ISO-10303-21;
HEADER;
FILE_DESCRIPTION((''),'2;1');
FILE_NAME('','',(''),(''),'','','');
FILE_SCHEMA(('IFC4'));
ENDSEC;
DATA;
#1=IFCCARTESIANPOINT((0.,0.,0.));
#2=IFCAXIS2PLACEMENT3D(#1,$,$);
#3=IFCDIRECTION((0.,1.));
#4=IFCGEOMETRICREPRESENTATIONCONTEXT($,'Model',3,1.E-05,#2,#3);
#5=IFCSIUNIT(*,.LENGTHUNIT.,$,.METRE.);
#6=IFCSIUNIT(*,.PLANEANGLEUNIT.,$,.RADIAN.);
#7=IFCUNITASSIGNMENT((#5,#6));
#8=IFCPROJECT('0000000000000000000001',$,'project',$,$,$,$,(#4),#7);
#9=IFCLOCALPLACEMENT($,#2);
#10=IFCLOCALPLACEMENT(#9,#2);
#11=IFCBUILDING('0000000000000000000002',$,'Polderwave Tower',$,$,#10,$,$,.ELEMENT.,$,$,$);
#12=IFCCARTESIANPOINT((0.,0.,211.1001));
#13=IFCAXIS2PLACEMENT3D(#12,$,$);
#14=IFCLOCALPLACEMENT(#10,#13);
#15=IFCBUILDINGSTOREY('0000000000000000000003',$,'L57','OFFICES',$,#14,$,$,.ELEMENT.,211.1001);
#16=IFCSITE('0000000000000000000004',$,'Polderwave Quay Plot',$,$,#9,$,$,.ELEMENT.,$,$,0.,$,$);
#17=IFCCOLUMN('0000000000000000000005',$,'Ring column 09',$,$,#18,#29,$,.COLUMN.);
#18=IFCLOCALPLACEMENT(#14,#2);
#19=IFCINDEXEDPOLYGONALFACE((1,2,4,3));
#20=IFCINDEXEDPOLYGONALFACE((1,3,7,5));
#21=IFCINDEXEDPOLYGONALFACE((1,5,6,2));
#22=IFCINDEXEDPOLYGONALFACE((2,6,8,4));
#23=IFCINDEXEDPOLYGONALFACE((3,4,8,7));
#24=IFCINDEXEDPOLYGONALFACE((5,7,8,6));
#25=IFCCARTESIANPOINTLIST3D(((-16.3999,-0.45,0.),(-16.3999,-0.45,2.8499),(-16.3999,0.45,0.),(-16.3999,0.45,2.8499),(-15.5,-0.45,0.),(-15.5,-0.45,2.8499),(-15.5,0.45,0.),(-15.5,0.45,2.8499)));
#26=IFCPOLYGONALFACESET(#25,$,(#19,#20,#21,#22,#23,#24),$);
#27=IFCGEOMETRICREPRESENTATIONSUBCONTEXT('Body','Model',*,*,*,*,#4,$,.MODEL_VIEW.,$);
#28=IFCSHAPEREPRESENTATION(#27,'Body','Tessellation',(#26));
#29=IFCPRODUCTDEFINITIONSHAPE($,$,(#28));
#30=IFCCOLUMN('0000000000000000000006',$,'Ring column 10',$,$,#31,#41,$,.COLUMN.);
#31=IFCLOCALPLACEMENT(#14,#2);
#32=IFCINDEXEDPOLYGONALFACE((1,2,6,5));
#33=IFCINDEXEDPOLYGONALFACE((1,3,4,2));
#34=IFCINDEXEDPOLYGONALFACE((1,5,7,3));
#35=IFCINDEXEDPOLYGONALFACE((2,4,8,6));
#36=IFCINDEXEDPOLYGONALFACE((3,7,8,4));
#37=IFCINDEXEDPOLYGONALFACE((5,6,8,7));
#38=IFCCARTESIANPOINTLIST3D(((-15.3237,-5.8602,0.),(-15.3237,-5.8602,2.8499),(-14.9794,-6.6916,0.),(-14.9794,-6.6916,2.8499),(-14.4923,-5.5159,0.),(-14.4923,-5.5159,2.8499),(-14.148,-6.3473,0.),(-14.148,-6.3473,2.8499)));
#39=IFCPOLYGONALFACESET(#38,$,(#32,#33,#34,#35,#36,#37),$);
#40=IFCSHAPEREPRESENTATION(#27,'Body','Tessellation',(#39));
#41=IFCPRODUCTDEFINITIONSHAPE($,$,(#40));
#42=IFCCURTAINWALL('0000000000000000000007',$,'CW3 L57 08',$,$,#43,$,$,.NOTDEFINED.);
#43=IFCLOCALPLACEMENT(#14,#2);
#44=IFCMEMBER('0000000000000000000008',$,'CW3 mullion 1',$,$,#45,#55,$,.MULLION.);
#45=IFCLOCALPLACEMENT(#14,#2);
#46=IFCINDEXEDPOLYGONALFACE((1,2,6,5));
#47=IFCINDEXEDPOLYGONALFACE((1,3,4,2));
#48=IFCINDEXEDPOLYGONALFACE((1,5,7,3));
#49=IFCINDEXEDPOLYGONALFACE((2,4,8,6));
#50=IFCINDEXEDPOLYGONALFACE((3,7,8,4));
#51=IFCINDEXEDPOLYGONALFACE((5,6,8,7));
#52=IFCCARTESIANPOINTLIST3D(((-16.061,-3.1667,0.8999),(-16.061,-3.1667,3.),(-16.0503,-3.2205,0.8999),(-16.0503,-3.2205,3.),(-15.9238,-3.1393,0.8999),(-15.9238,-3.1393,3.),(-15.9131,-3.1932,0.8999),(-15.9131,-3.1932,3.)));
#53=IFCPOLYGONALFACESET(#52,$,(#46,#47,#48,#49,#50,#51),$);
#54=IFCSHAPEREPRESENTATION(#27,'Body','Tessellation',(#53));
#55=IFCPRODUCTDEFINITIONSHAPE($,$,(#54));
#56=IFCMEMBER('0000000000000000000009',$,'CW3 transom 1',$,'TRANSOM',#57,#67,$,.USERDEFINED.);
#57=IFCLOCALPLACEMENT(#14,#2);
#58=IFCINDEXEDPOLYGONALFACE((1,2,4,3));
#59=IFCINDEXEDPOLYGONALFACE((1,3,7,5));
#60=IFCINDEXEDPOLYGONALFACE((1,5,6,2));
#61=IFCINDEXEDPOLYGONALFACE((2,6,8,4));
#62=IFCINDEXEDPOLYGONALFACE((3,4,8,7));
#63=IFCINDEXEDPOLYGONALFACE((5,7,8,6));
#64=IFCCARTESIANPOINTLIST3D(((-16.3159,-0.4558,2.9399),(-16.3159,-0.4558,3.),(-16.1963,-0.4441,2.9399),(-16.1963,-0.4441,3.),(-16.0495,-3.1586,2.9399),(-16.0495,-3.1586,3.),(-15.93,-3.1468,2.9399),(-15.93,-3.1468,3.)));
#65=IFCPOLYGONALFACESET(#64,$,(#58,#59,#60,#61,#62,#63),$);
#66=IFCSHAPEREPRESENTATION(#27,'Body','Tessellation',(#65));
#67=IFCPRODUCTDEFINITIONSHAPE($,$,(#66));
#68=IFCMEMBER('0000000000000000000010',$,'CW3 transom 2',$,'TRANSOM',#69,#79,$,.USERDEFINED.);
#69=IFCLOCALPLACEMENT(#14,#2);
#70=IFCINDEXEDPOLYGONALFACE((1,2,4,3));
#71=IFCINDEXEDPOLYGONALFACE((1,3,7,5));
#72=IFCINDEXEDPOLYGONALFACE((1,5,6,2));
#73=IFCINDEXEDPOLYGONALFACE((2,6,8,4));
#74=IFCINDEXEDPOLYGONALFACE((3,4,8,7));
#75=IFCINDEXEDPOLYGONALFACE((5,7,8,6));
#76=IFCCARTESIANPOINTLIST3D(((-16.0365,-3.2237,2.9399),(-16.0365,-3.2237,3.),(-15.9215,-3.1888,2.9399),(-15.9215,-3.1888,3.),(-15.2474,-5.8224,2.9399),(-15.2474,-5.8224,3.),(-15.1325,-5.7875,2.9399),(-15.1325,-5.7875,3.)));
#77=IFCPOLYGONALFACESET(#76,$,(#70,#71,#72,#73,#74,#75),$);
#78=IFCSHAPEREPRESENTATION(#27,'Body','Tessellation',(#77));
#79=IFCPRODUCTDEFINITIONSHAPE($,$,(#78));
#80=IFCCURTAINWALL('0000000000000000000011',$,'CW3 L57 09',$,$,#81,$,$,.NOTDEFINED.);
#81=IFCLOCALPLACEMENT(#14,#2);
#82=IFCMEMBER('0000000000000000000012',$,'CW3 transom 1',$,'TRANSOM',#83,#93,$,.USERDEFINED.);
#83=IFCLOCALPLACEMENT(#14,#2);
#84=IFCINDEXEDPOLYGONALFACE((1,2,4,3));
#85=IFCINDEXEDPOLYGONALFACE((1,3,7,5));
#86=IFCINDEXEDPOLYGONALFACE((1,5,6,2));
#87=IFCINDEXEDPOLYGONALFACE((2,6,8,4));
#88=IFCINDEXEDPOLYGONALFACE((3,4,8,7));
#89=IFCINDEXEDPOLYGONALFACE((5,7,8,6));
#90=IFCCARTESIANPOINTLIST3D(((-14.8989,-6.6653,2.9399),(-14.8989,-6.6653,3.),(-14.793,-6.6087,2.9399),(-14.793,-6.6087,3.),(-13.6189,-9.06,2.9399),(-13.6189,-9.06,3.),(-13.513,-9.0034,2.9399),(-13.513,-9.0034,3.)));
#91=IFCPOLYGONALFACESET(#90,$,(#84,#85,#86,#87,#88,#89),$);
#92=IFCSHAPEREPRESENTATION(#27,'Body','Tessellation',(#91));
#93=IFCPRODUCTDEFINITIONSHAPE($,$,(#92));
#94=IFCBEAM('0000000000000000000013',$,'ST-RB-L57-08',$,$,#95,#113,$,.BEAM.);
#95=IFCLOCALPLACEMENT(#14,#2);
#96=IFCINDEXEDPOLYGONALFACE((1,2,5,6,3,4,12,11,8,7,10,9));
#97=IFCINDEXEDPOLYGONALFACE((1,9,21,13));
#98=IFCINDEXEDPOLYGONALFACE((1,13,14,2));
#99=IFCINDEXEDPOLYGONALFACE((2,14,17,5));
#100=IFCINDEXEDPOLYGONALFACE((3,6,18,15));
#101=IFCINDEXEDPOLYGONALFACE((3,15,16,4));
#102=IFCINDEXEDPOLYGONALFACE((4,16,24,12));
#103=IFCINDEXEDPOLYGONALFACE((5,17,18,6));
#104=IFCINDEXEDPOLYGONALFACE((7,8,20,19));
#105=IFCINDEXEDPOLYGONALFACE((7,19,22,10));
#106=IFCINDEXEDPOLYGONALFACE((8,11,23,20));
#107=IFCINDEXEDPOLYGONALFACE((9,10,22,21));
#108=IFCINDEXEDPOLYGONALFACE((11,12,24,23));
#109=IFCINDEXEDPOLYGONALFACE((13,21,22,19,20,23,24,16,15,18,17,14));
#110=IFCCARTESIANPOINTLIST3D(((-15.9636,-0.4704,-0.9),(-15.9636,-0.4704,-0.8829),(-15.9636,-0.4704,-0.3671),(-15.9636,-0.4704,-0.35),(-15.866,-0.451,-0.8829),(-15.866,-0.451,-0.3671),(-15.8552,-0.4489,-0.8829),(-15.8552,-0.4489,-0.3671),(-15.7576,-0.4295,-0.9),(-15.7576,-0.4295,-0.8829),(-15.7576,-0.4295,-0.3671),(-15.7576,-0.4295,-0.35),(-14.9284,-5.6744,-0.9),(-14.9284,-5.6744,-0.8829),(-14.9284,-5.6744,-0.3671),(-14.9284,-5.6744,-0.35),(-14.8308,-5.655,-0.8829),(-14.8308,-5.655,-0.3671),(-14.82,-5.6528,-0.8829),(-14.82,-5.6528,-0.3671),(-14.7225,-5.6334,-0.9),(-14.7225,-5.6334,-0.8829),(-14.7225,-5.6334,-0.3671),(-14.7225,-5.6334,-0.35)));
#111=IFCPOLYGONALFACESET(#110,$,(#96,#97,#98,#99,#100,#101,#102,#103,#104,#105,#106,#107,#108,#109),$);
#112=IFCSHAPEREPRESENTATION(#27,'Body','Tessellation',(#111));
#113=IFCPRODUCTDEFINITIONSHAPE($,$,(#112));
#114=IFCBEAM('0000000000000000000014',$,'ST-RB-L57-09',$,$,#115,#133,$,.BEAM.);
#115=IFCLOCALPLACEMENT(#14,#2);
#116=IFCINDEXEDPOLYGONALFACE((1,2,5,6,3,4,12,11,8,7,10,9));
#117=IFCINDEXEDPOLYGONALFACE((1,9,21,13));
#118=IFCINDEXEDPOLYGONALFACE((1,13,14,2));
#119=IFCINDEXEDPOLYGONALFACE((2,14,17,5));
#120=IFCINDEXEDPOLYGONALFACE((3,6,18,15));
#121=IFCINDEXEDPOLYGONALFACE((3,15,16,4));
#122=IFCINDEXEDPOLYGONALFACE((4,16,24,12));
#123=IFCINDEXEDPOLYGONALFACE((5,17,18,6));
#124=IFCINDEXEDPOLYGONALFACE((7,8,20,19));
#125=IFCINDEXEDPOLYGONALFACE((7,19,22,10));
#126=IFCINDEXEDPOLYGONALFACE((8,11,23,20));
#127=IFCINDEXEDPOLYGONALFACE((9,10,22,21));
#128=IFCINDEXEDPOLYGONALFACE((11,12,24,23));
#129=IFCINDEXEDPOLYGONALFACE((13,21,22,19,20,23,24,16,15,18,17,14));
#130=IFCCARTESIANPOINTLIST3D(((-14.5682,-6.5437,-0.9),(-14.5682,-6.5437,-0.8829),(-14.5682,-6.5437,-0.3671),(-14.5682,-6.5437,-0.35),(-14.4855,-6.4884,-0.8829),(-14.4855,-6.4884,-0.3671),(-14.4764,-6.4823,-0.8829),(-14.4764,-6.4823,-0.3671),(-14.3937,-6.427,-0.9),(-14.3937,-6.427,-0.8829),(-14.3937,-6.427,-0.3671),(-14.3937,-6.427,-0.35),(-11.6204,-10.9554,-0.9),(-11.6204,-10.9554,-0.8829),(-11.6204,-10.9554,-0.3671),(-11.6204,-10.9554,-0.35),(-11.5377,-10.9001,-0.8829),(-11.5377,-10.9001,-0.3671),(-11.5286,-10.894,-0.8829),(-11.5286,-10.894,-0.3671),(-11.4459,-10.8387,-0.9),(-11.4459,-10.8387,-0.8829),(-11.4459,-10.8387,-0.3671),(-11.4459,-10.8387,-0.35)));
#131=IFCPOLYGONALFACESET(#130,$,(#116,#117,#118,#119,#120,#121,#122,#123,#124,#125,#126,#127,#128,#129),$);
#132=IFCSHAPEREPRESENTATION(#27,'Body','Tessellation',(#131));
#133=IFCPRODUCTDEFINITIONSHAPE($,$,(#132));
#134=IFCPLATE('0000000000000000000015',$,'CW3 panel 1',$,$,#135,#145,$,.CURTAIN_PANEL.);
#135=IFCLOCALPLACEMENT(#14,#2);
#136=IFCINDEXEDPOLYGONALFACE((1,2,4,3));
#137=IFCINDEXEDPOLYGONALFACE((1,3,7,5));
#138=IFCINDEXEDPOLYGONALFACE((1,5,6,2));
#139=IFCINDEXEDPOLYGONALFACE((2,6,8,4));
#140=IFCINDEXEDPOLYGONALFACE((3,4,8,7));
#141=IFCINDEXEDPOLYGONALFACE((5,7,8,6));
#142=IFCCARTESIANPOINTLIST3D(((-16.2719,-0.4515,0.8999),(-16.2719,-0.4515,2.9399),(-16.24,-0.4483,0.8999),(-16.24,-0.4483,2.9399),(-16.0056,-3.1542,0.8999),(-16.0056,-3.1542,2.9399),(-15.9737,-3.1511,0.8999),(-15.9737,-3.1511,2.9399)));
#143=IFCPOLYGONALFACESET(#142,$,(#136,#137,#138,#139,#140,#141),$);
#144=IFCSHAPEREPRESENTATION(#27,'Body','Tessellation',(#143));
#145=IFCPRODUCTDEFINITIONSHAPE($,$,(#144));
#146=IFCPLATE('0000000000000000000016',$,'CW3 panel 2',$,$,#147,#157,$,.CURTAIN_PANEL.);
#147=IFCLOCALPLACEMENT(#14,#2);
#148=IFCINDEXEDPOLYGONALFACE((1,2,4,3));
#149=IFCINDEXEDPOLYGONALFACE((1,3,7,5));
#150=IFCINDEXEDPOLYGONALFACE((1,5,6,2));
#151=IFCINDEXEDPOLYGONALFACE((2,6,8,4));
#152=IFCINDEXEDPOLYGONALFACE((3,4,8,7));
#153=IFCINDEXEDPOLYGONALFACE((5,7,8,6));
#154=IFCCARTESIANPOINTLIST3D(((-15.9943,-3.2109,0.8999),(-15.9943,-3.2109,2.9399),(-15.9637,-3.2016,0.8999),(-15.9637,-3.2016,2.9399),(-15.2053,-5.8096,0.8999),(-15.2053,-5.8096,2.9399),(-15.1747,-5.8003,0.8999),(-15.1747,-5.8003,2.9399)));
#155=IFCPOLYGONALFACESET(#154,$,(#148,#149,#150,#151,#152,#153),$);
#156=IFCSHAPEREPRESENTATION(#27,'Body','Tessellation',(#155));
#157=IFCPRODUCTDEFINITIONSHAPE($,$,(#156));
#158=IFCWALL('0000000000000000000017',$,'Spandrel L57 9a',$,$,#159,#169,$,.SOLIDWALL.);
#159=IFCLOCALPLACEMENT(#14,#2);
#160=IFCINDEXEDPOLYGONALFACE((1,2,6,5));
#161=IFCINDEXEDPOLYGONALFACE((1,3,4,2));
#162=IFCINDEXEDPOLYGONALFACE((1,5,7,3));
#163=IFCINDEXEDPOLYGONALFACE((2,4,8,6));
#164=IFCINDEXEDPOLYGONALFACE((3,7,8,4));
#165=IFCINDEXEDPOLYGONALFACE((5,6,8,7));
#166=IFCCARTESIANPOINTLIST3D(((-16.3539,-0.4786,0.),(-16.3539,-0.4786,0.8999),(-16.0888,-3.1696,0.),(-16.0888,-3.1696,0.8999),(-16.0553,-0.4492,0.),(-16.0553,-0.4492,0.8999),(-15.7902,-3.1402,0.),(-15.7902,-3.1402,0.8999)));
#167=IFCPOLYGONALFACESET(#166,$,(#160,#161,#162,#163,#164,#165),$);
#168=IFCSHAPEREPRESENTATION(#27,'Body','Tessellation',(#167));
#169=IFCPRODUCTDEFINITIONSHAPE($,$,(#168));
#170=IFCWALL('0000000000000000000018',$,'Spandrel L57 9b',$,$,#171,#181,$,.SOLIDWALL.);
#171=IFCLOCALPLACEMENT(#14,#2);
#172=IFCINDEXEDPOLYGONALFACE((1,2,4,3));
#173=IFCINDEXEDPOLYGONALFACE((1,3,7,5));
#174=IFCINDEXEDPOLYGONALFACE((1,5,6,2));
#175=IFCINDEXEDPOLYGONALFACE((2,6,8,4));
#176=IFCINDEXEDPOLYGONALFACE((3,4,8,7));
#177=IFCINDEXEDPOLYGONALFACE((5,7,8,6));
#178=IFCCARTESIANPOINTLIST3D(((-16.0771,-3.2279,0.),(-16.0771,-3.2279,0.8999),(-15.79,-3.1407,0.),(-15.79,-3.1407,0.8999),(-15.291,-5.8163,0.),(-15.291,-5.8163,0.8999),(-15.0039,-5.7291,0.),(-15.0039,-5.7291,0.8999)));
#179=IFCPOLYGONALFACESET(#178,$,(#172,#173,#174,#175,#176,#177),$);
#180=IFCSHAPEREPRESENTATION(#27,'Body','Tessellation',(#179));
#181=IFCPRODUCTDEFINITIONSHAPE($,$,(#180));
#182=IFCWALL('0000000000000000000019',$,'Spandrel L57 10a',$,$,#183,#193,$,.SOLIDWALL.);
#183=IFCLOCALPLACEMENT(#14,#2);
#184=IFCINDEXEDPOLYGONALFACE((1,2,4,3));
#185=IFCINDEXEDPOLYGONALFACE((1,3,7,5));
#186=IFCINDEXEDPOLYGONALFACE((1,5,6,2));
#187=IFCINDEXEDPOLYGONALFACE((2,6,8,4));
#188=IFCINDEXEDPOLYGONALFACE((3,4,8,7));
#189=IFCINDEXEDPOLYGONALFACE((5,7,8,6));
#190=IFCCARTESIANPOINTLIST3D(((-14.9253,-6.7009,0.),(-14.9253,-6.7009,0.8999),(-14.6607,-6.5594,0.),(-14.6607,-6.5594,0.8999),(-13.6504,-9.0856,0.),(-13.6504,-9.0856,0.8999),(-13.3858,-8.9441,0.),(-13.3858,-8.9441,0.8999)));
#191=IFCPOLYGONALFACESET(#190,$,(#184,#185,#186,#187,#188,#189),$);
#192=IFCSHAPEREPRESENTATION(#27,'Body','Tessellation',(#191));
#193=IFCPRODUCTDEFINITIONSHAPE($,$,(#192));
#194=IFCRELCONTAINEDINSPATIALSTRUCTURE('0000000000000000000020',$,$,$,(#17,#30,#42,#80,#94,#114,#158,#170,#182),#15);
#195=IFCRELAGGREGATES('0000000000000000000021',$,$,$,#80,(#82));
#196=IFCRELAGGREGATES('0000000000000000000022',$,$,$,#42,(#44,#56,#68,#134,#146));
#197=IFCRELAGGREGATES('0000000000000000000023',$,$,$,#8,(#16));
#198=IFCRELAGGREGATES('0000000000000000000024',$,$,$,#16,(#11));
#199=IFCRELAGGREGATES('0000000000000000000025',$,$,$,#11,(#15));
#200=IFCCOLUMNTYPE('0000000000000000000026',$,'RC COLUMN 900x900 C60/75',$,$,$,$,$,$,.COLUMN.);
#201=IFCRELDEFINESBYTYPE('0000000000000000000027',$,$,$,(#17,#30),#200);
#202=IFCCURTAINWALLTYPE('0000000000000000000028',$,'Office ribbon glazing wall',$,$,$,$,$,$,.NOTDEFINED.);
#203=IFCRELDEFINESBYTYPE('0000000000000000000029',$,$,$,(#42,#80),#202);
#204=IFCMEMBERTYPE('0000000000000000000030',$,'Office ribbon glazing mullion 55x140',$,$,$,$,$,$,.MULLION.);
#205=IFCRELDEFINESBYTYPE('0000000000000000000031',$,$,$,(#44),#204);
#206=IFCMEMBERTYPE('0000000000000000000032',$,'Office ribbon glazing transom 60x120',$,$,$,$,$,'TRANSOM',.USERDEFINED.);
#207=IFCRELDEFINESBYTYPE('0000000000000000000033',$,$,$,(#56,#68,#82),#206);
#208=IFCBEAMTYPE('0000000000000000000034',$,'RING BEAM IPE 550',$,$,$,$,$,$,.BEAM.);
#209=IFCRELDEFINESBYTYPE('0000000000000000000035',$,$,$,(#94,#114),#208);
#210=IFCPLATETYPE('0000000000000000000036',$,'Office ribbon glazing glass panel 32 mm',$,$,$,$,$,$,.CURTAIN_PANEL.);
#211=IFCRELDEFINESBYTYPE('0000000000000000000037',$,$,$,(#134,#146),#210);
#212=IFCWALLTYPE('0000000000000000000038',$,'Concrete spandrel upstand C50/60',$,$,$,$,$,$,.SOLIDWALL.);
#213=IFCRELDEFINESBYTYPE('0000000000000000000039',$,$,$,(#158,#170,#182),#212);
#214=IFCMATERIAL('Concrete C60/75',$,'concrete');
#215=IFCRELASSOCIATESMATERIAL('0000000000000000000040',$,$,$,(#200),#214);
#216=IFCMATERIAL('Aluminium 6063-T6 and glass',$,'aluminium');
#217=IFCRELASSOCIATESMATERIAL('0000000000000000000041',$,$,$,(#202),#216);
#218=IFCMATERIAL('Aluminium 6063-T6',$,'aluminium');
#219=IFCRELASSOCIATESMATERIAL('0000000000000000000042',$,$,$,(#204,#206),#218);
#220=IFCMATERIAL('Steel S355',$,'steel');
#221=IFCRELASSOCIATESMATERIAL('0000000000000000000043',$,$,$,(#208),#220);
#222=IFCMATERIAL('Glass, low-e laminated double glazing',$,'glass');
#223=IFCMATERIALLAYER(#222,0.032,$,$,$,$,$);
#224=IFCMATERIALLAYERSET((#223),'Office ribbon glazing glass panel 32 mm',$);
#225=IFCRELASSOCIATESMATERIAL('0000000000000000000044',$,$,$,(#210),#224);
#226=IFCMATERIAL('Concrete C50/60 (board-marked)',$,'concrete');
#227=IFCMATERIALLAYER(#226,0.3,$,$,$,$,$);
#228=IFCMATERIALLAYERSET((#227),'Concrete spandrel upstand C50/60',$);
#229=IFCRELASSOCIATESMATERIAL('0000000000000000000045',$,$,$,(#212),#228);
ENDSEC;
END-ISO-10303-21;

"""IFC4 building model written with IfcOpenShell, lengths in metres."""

from ifc_helpers import new_model, si_unit, direction, frame, frame_2d, origin, origin_2d, place, context, subcontext, project, spatial, rectangle, i_section, extrude, material, layer, layer_set, material_profile, profile_set, type_object, element, aggregate, save


model = new_model("IFC4")

# Units and contexts
model_context = context("Model", 3, precision=1e-05, world=origin(), true_north=direction((0.0, 1.0)))
body_context = subcontext(model_context, "Body", "Model", "MODEL_VIEW")
ifc_project = project(units=[si_unit("LENGTHUNIT", "METRE"), si_unit("PLANEANGLEUNIT", "RADIAN")], contexts=[model_context])

# Site, building, storey
site_placement = place(None, origin())
site = spatial("IfcSite", under=ifc_project, at=site_placement, Name="Polderwave Quay Plot", CompositionType="ELEMENT", RefElevation=0.0)
building_placement = place(site_placement, origin())
building = spatial("IfcBuilding", under=site, at=building_placement, Name="Polderwave Tower", CompositionType="ELEMENT")
storey_placement = place(building_placement, frame((0.0, 0.0, 211.1001)))
storey = spatial("IfcBuildingStorey", under=building, at=storey_placement, Name="L57", Description="OFFICES", CompositionType="ELEMENT", Elevation=211.1001)

# Columns
ifc_material_1 = material(Name="Concrete C60/75", Category="concrete")
ifc_material_profile_1 = material_profile(ifc_material_1, rectangle(XDim=0.8999, YDim=0.8999, at=origin_2d()), Name="RC 900x900")
ifc_profile_set_1 = profile_set([ifc_material_profile_1], Name="Concrete C60/75")
column_type = type_object("IfcColumnType", Name="RC COLUMN 900x900 C60/75", PredefinedType="COLUMN", material=ifc_profile_set_1)
for number, where, z_axis, x_axis, name in (
    (1, (-15.95, 0.0, 0.0), (0.0, 0.0, 1.0), (-1.0, 0.0, 0.0), "Ring column 09"),
    (2, (-14.7358, -6.1038, 0.0), (0.0, 0.0, 1.0), (-0.92388, -0.382683, 0.0), "Ring column 10"),
):
    element("IfcColumn", number, at=place(storey_placement, frame(where, z_axis=z_axis, x_axis=x_axis)), inside=storey, type_object=column_type, Name=name, PredefinedType="COLUMN", context=body_context, shape_type="SweptSolid", body=[
        extrude(rectangle(XDim=0.8999, YDim=0.8999, at=origin_2d()), origin(), (0.0, 0.0, 1.0), 2.8499),
    ])

# Curtain wall, members
ifc_material_2 = material(Name="Aluminium 6063-T6 and glass", Category="aluminium")
curtain_wall_type = type_object("IfcCurtainWallType", Name="Office ribbon glazing wall", PredefinedType="NOTDEFINED", material=ifc_material_2)
curtain_wall_1_placement = place(storey_placement, origin())
curtain_wall_1 = element("IfcCurtainWall", 3, at=curtain_wall_1_placement, inside=storey, type_object=curtain_wall_type, Name="CW3 L57 08", PredefinedType="NOTDEFINED")
ifc_material_3 = material(Name="Aluminium 6063-T6", Category="aluminium")
ifc_material_profile_2 = material_profile(ifc_material_3, rectangle(XDim=0.1399, YDim=0.0549, at=origin_2d()), Name="AL 55x140")
ifc_profile_set_2 = profile_set([ifc_material_profile_2], Name="Aluminium 6063-T6")
member_type_1 = type_object("IfcMemberType", Name="Office ribbon glazing mullion 55x140", PredefinedType="MULLION", material=ifc_profile_set_2)
member_1_placement = place(storey_placement, frame((-15.9871, -3.1799, 0.8999), z_axis=(0.0, 0.0, 1.0), x_axis=(0.980757, 0.195234, 0.0)))
member_1 = element("IfcMember", 4, at=member_1_placement, type_object=member_type_1, Name="CW3 mullion 1", PredefinedType="MULLION", context=body_context, shape_type="SweptSolid", body=[
    extrude(rectangle(XDim=0.1399, YDim=0.0549, at=origin_2d()), origin(), (0.0, 0.0, 1.0), 2.1001),
])
ifc_material_profile_3 = material_profile(ifc_material_3, rectangle(XDim=0.1201, YDim=0.0601, at=origin_2d()), Name="AL 60x120")
ifc_profile_set_3 = profile_set([ifc_material_profile_3], Name="Aluminium 6063-T6")
member_type_2 = type_object("IfcMemberType", Name="Office ribbon glazing transom 60x120", ElementType="TRANSOM", PredefinedType="USERDEFINED", material=ifc_profile_set_3)
member_2_placement = place(storey_placement, frame((-16.2561, -0.45, 2.97), z_axis=(0.098079, -0.995179, 0.0), x_axis=(0.995179, 0.098079, 0.0)))
member_2 = element("IfcMember", 5, at=member_2_placement, type_object=member_type_2, Name="CW3 transom 1", ObjectType="TRANSOM", PredefinedType="USERDEFINED", context=body_context, shape_type="SweptSolid", body=[
    extrude(rectangle(XDim=0.1201, YDim=0.0601, at=origin_2d()), origin(), (0.0, 0.0, 1.0), 2.7158),
])
member_3_placement = place(storey_placement, frame((-15.979, -3.2063, 2.97), z_axis=(0.290546, -0.956861, 0.0), x_axis=(0.956861, 0.290546, 0.0)))
member_3 = element("IfcMember", 6, at=member_3_placement, type_object=member_type_2, Name="CW3 transom 2", ObjectType="TRANSOM", PredefinedType="USERDEFINED", context=body_context, shape_type="SweptSolid", body=[
    extrude(rectangle(XDim=0.1201, YDim=0.0601, at=origin_2d()), origin(), (0.0, 0.0, 1.0), 2.7158),
])

# Curtain wall, member
curtain_wall_2_placement = place(storey_placement, origin())
curtain_wall_2 = element("IfcCurtainWall", 7, at=curtain_wall_2_placement, inside=storey, type_object=curtain_wall_type, Name="CW3 L57 09", PredefinedType="NOTDEFINED")
member_4_placement = place(storey_placement, frame((-14.8459, -6.637, 2.97), z_axis=(0.471395, -0.881922, 0.0), x_axis=(0.881922, 0.471395, 0.0)))
member_4 = element("IfcMember", 8, at=member_4_placement, type_object=member_type_2, Name="CW3 transom 1", ObjectType="TRANSOM", PredefinedType="USERDEFINED", context=body_context, shape_type="SweptSolid", body=[
    extrude(rectangle(XDim=0.1201, YDim=0.0601, at=origin_2d()), origin(), (0.0, 0.0, 1.0), 2.7153),
])
aggregate(curtain_wall_2, [member_4])

# Beams
ifc_material_4 = material(Name="Steel S355", Category="steel")
ifc_material_profile_4 = material_profile(ifc_material_4, i_section(OverallWidth=0.21, OverallDepth=0.55, WebThickness=0.011, FlangeThickness=0.0171, at=origin_2d()), Name="IPE 550")
ifc_profile_set_4 = profile_set([ifc_material_profile_4], Name="Steel S355")
beam_type = type_object("IfcBeamType", Name="RING BEAM IPE 550", PredefinedType="BEAM", material=ifc_profile_set_4)
for number, where, z_axis, x_axis, name in (
    (9, (-15.8606, -0.45, -0.625), (0.195098, -0.980784, 0.0), (0.980784, 0.195098, 0.0), "ST-RB-L57-08"),
    (10, (-14.481, -6.4854, -0.625), (0.555571, -0.831469, 0.0), (0.831469, 0.555571, 0.0), "ST-RB-L57-09"),
):
    element("IfcBeam", number, at=place(storey_placement, frame(where, z_axis=z_axis, x_axis=x_axis)), inside=storey, type_object=beam_type, Name=name, PredefinedType="BEAM", context=body_context, shape_type="SweptSolid", body=[
        extrude(i_section(OverallWidth=0.21, OverallDepth=0.55, WebThickness=0.011, FlangeThickness=0.0171, at=origin_2d()), origin(), (0.0, 0.0, 1.0), 5.3059),
    ])

# Plates
ifc_material_5 = material(Name="Glass, low-e laminated double glazing", Category="glass")
ifc_layer_1 = layer(ifc_material_5, 0.032)
ifc_layer_set_1 = layer_set([ifc_layer_1], Name="Office ribbon glazing glass panel 32 mm")
plate_type = type_object("IfcPlateType", Name="Office ribbon glazing glass panel 32 mm", PredefinedType="CURTAIN_PANEL", material=ifc_layer_set_1)
plate_1_placement = place(storey_placement, frame((-16.1228, -1.8013, 0.8999), z_axis=(0.0, 0.0, 1.0), x_axis=(0.098061, -0.99518, 0.0)))
plate_1 = element("IfcPlate", 11, at=plate_1_placement, type_object=plate_type, Name="CW3 panel 1", PredefinedType="CURTAIN_PANEL", context=body_context, shape_type="SweptSolid", body=[
    extrude(rectangle(XDim=2.7158, YDim=0.032, at=origin_2d()), origin(), (0.0, 0.0, 1.0), 2.04),
])
plate_2_placement = place(storey_placement, frame((-15.5845, -4.5056, 0.8999), z_axis=(0.0, 0.0, 1.0), x_axis=(0.290524, -0.956868, 0.0)))
plate_2 = element("IfcPlate", 12, at=plate_2_placement, type_object=plate_type, Name="CW3 panel 2", PredefinedType="CURTAIN_PANEL", context=body_context, shape_type="SweptSolid", body=[
    extrude(rectangle(XDim=2.7158, YDim=0.032, at=origin_2d()), origin(), (0.0, 0.0, 1.0), 2.04),
])
aggregate(curtain_wall_1, [member_1, member_2, member_3, plate_1, plate_2])

# Walls
ifc_material_6 = material(Name="Concrete C50/60 (board-marked)", Category="concrete")
ifc_layer_2 = layer(ifc_material_6, 0.3)
ifc_layer_set_2 = layer_set([ifc_layer_2], Name="Concrete spandrel upstand C50/60")
wall_type_1 = type_object("IfcWallType", Name="Concrete spandrel upstand C50/60", PredefinedType="SOLIDWALL", material=ifc_layer_set_2)
wall_1_placement = place(storey_placement, frame((-16.2046, -0.4639, 0.0), z_axis=(0.0, 0.0, 1.0), x_axis=(0.098047, -0.995182, 0.0)))
element("IfcWall", 13, at=wall_1_placement, inside=storey, type_object=wall_type_1, Name="Spandrel L57 9a", PredefinedType="SOLIDWALL", context=body_context, shape_type="SweptSolid", body=[
    extrude(rectangle(XDim=2.7041, YDim=0.3, at=frame_2d((1.3521, 0.0))), origin(), (0.0, 0.0, 1.0), 0.8999),
])
wall_2_placement = place(storey_placement, frame((-15.9336, -3.1843, 0.0), z_axis=(0.0, 0.0, 1.0), x_axis=(0.290609, -0.956842, 0.0)))
element("IfcWall", 14, at=wall_2_placement, inside=storey, type_object=wall_type_1, Name="Spandrel L57 9b", PredefinedType="SOLIDWALL", context=body_context, shape_type="SweptSolid", body=[
    extrude(rectangle(XDim=2.7051, YDim=0.3, at=frame_2d((1.3525, 0.0))), origin(), (0.0, 0.0, 1.0), 0.8999),
])
wall_3_placement = place(storey_placement, frame((-14.793, -6.6301, 0.0), z_axis=(0.0, 0.0, 1.0), x_axis=(0.47146, -0.881888, 0.0)))
element("IfcWall", 15, at=wall_3_placement, inside=storey, type_object=wall_type_1, Name="Spandrel L57 10a", PredefinedType="SOLIDWALL", context=body_context, shape_type="SweptSolid", body=[
    extrude(rectangle(XDim=2.7041, YDim=0.3, at=frame_2d((1.3521, 0.0))), origin(), (0.0, 0.0, 1.0), 0.8999),
])

save(model, "model.ifc")
